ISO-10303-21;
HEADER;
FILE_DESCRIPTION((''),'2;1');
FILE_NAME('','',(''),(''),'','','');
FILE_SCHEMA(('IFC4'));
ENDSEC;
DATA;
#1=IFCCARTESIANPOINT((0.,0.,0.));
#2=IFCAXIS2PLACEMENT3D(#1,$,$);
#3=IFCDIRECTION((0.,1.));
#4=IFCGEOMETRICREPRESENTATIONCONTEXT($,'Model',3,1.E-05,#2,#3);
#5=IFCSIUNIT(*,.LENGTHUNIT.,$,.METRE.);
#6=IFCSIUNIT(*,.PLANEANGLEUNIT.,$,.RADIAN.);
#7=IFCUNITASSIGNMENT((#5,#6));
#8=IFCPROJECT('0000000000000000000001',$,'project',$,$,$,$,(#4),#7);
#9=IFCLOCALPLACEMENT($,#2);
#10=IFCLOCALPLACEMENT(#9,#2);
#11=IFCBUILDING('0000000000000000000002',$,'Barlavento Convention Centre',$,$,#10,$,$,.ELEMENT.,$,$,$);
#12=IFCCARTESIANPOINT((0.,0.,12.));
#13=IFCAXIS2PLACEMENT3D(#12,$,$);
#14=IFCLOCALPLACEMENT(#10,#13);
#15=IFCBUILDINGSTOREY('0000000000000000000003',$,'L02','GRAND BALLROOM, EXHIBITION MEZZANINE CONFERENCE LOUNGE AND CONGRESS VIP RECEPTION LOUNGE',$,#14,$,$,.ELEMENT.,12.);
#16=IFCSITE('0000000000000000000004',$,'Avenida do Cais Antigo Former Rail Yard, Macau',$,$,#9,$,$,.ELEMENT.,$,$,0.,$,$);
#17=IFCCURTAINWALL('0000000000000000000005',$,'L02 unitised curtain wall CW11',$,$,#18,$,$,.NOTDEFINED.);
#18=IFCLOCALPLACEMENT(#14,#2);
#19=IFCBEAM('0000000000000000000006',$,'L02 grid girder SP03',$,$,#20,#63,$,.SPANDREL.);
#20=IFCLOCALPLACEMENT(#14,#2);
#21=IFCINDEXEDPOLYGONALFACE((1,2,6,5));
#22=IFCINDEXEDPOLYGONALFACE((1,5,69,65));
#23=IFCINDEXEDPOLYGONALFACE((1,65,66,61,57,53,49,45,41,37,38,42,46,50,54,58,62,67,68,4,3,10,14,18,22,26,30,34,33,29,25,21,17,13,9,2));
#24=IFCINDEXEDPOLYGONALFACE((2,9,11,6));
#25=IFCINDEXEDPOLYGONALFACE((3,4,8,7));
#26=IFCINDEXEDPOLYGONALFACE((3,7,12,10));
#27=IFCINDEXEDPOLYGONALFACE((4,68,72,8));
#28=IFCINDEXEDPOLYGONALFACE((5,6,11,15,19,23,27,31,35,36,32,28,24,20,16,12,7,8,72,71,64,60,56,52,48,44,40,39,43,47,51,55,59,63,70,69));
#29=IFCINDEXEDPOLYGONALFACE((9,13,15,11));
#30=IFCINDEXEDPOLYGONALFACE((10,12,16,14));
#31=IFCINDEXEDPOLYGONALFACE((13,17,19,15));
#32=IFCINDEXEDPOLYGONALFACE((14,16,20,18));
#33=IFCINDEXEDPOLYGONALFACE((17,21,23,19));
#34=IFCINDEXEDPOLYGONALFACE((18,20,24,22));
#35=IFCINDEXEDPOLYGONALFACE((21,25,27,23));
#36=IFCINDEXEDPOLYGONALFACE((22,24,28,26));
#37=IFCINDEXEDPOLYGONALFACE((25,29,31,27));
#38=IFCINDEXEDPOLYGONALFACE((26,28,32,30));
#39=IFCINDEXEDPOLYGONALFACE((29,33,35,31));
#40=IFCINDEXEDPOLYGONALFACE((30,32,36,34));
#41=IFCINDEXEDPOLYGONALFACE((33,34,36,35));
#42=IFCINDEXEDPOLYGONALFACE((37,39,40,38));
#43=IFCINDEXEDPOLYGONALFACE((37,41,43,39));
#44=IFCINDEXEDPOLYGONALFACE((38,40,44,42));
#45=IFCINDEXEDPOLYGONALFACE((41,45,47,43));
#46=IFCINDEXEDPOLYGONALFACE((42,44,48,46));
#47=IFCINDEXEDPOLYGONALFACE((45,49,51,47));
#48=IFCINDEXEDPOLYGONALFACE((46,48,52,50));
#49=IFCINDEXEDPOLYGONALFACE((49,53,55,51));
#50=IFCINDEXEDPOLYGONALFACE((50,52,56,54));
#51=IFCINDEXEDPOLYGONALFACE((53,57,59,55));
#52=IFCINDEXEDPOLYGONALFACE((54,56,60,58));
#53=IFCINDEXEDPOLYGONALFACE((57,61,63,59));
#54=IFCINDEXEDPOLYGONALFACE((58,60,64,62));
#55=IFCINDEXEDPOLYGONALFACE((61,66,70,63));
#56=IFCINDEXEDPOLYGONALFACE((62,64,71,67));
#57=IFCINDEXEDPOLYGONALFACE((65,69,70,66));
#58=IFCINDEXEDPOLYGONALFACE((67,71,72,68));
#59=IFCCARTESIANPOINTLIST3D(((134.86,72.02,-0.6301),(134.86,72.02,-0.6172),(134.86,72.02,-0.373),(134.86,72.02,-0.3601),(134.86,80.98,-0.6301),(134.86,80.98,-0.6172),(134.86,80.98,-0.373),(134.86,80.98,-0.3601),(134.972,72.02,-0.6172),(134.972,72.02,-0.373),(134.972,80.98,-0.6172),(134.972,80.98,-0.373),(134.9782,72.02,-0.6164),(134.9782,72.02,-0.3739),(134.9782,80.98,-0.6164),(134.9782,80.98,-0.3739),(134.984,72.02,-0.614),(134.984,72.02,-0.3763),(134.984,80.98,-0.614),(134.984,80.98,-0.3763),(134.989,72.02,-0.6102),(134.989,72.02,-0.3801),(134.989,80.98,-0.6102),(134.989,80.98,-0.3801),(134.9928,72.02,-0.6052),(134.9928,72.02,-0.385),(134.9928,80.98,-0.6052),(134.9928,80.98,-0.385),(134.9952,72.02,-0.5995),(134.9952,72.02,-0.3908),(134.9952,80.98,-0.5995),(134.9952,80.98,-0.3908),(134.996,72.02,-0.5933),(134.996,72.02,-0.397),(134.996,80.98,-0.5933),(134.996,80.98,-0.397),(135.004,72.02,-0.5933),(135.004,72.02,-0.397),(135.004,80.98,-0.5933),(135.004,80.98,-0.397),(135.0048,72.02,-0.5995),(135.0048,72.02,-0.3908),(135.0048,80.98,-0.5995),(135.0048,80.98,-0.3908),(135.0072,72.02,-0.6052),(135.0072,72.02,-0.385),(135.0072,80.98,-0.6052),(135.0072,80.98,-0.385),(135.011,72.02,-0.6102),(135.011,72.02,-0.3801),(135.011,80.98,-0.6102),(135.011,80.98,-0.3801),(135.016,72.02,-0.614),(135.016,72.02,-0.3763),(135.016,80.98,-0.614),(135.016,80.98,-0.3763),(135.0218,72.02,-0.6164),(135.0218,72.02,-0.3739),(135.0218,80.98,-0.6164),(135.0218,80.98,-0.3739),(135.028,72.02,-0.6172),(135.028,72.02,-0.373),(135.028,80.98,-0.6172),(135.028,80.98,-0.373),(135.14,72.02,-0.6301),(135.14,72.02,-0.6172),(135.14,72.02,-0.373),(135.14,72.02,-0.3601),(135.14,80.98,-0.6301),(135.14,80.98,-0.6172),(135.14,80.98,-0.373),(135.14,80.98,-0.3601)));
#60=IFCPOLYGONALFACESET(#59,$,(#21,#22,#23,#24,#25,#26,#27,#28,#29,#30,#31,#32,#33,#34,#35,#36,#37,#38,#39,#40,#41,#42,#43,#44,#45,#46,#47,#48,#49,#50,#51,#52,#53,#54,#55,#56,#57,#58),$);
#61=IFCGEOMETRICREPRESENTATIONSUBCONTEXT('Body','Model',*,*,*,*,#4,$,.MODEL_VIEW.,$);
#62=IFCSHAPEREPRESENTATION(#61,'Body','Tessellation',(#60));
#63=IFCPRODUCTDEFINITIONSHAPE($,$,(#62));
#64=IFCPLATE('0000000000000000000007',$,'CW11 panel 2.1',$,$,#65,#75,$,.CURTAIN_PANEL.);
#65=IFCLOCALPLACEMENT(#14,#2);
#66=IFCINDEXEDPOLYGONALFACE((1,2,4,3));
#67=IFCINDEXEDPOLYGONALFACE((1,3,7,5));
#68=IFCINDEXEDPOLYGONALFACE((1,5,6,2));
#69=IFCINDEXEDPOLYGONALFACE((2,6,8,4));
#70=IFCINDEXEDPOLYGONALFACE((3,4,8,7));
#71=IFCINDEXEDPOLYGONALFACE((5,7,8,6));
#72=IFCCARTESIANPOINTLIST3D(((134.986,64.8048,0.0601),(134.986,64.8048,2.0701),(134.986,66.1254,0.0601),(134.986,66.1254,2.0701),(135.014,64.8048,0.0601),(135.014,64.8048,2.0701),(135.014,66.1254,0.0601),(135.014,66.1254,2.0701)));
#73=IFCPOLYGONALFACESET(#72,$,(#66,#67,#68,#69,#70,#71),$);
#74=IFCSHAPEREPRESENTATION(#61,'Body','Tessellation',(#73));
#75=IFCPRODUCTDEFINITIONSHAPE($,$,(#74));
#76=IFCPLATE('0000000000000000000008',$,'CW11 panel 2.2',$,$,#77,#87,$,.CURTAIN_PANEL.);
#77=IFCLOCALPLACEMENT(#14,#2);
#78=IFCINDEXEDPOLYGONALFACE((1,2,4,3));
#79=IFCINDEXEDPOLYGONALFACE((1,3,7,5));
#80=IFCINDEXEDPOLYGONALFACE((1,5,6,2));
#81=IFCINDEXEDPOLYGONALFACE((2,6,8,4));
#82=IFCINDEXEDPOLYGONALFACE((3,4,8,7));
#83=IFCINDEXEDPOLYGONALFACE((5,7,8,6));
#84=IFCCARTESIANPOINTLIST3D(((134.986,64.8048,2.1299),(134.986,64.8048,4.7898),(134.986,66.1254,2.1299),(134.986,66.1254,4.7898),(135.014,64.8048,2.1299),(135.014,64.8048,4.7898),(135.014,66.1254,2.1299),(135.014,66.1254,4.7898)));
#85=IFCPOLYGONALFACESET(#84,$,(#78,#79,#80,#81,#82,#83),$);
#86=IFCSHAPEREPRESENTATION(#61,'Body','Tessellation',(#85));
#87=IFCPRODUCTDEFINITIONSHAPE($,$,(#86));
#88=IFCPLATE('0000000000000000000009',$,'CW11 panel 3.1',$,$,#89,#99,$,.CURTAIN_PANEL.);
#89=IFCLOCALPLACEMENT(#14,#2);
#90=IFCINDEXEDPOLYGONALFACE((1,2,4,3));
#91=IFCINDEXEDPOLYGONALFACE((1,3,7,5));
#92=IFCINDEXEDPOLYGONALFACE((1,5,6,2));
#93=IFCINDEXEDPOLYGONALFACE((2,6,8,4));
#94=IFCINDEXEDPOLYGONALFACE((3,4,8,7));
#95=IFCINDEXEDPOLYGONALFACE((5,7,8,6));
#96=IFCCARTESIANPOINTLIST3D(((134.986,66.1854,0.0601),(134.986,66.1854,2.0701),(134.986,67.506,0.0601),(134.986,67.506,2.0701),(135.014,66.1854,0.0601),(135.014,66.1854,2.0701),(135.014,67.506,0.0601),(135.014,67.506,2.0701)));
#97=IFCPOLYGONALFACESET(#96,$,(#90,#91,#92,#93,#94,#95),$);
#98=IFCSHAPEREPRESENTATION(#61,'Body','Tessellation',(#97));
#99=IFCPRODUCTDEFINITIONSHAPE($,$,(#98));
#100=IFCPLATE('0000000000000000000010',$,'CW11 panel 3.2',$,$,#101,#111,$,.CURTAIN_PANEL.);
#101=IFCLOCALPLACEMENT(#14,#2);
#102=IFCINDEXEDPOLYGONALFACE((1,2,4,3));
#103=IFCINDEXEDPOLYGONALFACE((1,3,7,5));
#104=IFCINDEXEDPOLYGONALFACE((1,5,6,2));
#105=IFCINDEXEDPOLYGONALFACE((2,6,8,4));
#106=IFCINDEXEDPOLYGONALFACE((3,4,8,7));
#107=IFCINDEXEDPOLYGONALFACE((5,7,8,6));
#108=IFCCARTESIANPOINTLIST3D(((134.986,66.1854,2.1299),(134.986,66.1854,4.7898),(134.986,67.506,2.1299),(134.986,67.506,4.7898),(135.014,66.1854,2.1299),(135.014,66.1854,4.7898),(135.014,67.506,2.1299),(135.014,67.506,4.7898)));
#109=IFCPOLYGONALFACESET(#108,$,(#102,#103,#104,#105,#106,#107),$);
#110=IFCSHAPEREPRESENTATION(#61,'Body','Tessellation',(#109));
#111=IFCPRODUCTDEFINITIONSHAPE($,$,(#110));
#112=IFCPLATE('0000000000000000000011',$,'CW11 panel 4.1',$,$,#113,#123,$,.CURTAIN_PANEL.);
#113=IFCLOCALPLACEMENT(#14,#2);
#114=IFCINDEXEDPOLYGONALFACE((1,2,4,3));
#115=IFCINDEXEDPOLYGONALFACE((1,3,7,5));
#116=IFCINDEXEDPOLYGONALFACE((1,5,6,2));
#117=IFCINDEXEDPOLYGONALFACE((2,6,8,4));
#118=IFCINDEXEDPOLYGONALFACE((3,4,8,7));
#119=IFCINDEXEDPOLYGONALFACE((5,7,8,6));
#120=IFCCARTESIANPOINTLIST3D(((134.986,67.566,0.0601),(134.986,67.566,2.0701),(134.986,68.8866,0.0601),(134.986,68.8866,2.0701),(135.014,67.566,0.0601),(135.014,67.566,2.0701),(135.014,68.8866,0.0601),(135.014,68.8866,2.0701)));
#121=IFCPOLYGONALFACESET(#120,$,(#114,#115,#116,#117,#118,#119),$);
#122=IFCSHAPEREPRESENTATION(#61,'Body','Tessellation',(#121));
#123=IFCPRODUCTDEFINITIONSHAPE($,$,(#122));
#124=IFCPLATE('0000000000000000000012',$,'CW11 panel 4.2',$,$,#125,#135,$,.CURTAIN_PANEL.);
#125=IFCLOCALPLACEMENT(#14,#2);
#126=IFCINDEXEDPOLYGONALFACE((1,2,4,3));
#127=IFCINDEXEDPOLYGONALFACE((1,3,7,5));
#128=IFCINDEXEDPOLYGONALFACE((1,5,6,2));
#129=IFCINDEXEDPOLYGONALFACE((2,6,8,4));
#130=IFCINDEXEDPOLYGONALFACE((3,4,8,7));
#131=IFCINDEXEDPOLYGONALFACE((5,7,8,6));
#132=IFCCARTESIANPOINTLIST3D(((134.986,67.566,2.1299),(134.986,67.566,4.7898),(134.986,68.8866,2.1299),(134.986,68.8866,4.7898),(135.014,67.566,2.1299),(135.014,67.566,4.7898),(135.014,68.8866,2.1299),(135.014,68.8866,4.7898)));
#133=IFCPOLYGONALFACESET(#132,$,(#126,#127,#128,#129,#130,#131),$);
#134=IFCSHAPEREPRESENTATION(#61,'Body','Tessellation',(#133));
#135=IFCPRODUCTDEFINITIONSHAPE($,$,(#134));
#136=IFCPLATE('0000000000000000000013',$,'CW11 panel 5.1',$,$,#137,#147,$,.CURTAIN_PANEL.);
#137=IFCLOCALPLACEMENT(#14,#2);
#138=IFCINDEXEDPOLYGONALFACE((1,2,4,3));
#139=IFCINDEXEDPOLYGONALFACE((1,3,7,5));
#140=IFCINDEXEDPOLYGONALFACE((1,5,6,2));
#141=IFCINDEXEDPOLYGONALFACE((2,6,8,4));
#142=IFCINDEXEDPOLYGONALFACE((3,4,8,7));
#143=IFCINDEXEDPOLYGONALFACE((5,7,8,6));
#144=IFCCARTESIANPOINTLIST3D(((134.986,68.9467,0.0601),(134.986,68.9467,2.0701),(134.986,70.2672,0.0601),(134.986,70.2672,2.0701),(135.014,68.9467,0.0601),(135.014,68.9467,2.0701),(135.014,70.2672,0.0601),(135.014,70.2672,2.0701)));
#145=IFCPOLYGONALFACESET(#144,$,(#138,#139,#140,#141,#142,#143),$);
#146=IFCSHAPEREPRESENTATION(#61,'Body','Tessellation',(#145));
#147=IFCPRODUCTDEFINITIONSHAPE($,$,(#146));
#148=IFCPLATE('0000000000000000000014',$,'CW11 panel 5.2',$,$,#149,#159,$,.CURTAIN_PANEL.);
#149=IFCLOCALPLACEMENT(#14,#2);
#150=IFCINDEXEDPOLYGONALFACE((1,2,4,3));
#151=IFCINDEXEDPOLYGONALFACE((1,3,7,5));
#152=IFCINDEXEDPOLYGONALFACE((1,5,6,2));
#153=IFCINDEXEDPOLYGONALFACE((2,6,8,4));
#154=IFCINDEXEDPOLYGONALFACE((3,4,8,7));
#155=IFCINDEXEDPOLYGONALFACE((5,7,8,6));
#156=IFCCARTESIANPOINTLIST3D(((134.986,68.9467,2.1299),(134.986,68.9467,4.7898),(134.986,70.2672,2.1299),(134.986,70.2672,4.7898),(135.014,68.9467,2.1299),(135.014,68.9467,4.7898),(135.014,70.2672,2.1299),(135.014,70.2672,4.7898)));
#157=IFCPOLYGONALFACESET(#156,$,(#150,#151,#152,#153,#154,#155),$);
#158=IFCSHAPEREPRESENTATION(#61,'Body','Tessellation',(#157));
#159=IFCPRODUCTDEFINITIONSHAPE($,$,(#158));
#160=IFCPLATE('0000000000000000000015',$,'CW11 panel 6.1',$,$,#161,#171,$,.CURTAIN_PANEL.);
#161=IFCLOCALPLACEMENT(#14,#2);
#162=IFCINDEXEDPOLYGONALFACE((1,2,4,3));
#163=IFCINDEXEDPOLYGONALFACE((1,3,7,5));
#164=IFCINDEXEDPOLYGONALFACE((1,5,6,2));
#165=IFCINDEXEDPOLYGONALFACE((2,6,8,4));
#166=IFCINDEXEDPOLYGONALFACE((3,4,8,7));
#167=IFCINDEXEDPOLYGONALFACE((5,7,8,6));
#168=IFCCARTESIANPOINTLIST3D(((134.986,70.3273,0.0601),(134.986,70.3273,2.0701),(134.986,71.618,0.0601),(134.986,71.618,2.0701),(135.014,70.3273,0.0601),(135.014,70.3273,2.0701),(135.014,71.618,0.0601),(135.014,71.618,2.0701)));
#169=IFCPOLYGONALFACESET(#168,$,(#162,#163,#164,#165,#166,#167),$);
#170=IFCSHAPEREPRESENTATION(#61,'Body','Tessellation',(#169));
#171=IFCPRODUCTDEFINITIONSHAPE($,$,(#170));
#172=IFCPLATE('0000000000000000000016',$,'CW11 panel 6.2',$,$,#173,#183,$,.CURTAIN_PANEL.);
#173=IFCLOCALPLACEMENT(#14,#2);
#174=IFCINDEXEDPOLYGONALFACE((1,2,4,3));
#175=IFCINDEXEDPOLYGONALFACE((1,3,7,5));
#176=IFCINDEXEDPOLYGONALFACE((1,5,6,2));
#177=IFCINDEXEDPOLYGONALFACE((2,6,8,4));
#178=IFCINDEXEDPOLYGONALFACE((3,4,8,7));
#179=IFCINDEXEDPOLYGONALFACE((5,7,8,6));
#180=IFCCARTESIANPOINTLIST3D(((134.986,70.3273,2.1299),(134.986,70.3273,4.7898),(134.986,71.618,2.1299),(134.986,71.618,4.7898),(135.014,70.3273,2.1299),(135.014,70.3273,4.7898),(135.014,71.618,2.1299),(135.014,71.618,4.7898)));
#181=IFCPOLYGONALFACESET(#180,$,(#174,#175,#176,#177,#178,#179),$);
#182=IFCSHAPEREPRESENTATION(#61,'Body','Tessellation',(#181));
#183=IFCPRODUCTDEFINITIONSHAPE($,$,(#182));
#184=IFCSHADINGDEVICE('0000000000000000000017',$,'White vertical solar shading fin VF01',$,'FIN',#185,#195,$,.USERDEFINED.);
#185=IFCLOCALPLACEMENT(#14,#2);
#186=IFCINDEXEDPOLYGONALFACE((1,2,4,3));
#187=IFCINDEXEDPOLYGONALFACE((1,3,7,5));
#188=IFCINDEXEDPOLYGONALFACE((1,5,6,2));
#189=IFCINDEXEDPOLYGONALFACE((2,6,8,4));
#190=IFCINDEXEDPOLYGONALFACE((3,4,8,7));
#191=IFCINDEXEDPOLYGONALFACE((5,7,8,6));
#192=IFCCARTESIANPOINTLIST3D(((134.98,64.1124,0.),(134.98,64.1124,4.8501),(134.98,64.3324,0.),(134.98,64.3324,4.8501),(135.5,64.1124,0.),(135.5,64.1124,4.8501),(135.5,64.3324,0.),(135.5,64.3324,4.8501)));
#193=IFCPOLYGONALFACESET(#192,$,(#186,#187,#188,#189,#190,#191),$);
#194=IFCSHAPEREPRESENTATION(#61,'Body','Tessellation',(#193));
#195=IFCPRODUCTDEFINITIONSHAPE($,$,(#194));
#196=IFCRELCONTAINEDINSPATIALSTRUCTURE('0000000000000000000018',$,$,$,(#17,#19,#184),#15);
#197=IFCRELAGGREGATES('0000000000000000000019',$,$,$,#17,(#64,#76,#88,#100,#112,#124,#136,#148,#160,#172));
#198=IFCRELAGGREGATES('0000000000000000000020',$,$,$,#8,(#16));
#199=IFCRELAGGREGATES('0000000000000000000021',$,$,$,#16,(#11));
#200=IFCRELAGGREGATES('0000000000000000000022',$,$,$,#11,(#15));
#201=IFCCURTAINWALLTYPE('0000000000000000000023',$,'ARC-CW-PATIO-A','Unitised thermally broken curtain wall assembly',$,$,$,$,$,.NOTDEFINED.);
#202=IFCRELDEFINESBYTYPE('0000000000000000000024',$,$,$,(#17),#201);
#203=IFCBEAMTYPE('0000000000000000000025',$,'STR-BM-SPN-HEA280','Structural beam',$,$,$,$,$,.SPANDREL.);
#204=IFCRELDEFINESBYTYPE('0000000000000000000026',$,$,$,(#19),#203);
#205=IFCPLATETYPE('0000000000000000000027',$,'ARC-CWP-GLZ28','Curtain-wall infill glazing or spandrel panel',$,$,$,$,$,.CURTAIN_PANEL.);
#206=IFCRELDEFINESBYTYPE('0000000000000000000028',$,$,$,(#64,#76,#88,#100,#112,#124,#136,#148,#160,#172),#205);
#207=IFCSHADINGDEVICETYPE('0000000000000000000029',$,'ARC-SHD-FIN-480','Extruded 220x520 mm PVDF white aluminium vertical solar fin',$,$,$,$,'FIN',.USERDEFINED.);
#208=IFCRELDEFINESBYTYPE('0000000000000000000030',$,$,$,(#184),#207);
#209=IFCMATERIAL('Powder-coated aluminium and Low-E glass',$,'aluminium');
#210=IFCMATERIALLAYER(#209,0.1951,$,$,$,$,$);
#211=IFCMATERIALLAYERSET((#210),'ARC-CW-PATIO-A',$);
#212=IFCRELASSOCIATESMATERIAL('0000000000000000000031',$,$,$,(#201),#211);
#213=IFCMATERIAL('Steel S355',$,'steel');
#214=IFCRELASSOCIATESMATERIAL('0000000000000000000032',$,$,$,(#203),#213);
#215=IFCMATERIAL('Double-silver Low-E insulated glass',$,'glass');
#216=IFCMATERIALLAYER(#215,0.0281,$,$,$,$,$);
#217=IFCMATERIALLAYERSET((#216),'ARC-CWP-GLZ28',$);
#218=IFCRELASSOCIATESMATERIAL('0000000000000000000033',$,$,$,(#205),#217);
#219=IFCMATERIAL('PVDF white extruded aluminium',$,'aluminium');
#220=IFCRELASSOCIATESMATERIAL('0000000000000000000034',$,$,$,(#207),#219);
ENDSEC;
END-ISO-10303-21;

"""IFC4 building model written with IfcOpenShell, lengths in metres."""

from ifc_helpers import new_model, si_unit, direction, frame, origin, origin_2d, place, context, subcontext, project, spatial, rectangle, i_section, extrude, material, layer, layer_set, material_profile, profile_set, type_object, element, aggregate, save


model = new_model("IFC4")

# Units and contexts
model_context = context("Model", 3, precision=1e-05, world=origin(), true_north=direction((0.0, 1.0)))
body_context = subcontext(model_context, "Body", "Model", "MODEL_VIEW")
ifc_project = project(units=[si_unit("LENGTHUNIT", "METRE"), si_unit("PLANEANGLEUNIT", "RADIAN")], contexts=[model_context])

# Site, building, storey
site_placement = place(None, origin())
site = spatial("IfcSite", under=ifc_project, at=site_placement, Name="Avenida do Cais Antigo Former Rail Yard, Macau", CompositionType="ELEMENT", RefElevation=0.0)
building_placement = place(site_placement, origin())
building = spatial("IfcBuilding", under=site, at=building_placement, Name="Barlavento Convention Centre", CompositionType="ELEMENT")
storey_placement = place(building_placement, frame((0.0, 0.0, 12.0)))
storey = spatial("IfcBuildingStorey", under=building, at=storey_placement, Name="L02", Description="GRAND BALLROOM, EXHIBITION MEZZANINE CONFERENCE LOUNGE AND CONGRESS VIP RECEPTION LOUNGE", CompositionType="ELEMENT", Elevation=12.0)

# Shared definitions
ifc_material_1 = material(Name="Steel S355", Category="steel")

# Curtain wall
ifc_material_2 = material(Name="Powder-coated aluminium and Low-E glass", Category="aluminium")
ifc_layer_1 = layer(ifc_material_2, 0.1951)
ifc_layer_set_1 = layer_set([ifc_layer_1], Name="ARC-CW-PATIO-A")
curtain_wall_type = type_object("IfcCurtainWallType", Name="ARC-CW-PATIO-A", Description="Unitised thermally broken curtain wall assembly", PredefinedType="NOTDEFINED", material=ifc_layer_set_1)
curtain_wall_1_placement = place(storey_placement, origin())
curtain_wall_1 = element("IfcCurtainWall", 1, at=curtain_wall_1_placement, inside=storey, type_object=curtain_wall_type, Name="L02 unitised curtain wall CW11", PredefinedType="NOTDEFINED")

# Beam
ifc_material_profile_1 = material_profile(ifc_material_1, i_section(OverallWidth=0.28, OverallDepth=0.27, WebThickness=0.0081, FlangeThickness=0.0129, FilletRadius=0.0239, at=origin_2d()), Name="HEA 280")
ifc_profile_set_1 = profile_set([ifc_material_profile_1], Name="Steel S355")
beam_type = type_object("IfcBeamType", Name="STR-BM-SPN-HEA280", Description="Structural beam", PredefinedType="SPANDREL", material=ifc_profile_set_1)
beam_placement = place(storey_placement, frame((135.0, 72.02, -0.4951), z_axis=(0.0, 1.0, 0.0), x_axis=(-1.0, 0.0, 0.0)))
element("IfcBeam", 2, at=beam_placement, inside=storey, type_object=beam_type, Name="L02 grid girder SP03", PredefinedType="SPANDREL", context=body_context, shape_type="SweptSolid", body=[
    extrude(i_section(OverallWidth=0.28, OverallDepth=0.27, WebThickness=0.0081, FlangeThickness=0.0129, FilletRadius=0.0239, at=origin_2d()), origin(), (0.0, 0.0, 1.0), 8.96),
])

# Plates
ifc_material_3 = material(Name="Double-silver Low-E insulated glass", Category="glass")
ifc_layer_2 = layer(ifc_material_3, 0.0281)
ifc_layer_set_2 = layer_set([ifc_layer_2], Name="ARC-CWP-GLZ28")
plate_type = type_object("IfcPlateType", Name="ARC-CWP-GLZ28", Description="Curtain-wall infill glazing or spandrel panel", PredefinedType="CURTAIN_PANEL", material=ifc_layer_set_2)
plate_1_placement = place(storey_placement, frame((135.0, 65.4651, 0.0601), z_axis=(0.0, 0.0, 1.0), x_axis=(0.0, 1.0, 0.0)))
plate_1 = element("IfcPlate", 3, at=plate_1_placement, type_object=plate_type, Name="CW11 panel 2.1", PredefinedType="CURTAIN_PANEL", context=body_context, shape_type="SweptSolid", body=[
    extrude(rectangle(XDim=1.3206, YDim=0.0281, at=origin_2d()), origin(), (0.0, 0.0, 1.0), 2.01),
])
plate_2_placement = place(storey_placement, frame((135.0, 65.4651, 2.1299), z_axis=(0.0, 0.0, 1.0), x_axis=(0.0, 1.0, 0.0)))
plate_2 = element("IfcPlate", 4, at=plate_2_placement, type_object=plate_type, Name="CW11 panel 2.2", PredefinedType="CURTAIN_PANEL", context=body_context, shape_type="SweptSolid", body=[
    extrude(rectangle(XDim=1.3206, YDim=0.0281, at=origin_2d()), origin(), (0.0, 0.0, 1.0), 2.6599),
])
plate_3_placement = place(storey_placement, frame((135.0, 66.8457, 0.0601), z_axis=(0.0, 0.0, 1.0), x_axis=(0.0, 1.0, 0.0)))
plate_3 = element("IfcPlate", 5, at=plate_3_placement, type_object=plate_type, Name="CW11 panel 3.1", PredefinedType="CURTAIN_PANEL", context=body_context, shape_type="SweptSolid", body=[
    extrude(rectangle(XDim=1.3206, YDim=0.0281, at=origin_2d()), origin(), (0.0, 0.0, 1.0), 2.01),
])
plate_4_placement = place(storey_placement, frame((135.0, 66.8457, 2.1299), z_axis=(0.0, 0.0, 1.0), x_axis=(0.0, 1.0, 0.0)))
plate_4 = element("IfcPlate", 6, at=plate_4_placement, type_object=plate_type, Name="CW11 panel 3.2", PredefinedType="CURTAIN_PANEL", context=body_context, shape_type="SweptSolid", body=[
    extrude(rectangle(XDim=1.3206, YDim=0.0281, at=origin_2d()), origin(), (0.0, 0.0, 1.0), 2.6599),
])
plate_5_placement = place(storey_placement, frame((135.0, 68.2263, 0.0601), z_axis=(0.0, 0.0, 1.0), x_axis=(0.0, 1.0, 0.0)))
plate_5 = element("IfcPlate", 7, at=plate_5_placement, type_object=plate_type, Name="CW11 panel 4.1", PredefinedType="CURTAIN_PANEL", context=body_context, shape_type="SweptSolid", body=[
    extrude(rectangle(XDim=1.3206, YDim=0.0281, at=origin_2d()), origin(), (0.0, 0.0, 1.0), 2.01),
])
plate_6_placement = place(storey_placement, frame((135.0, 68.2263, 2.1299), z_axis=(0.0, 0.0, 1.0), x_axis=(0.0, 1.0, 0.0)))
plate_6 = element("IfcPlate", 8, at=plate_6_placement, type_object=plate_type, Name="CW11 panel 4.2", PredefinedType="CURTAIN_PANEL", context=body_context, shape_type="SweptSolid", body=[
    extrude(rectangle(XDim=1.3206, YDim=0.0281, at=origin_2d()), origin(), (0.0, 0.0, 1.0), 2.6599),
])
plate_7_placement = place(storey_placement, frame((135.0, 69.6069, 0.0601), z_axis=(0.0, 0.0, 1.0), x_axis=(0.0, 1.0, 0.0)))
plate_7 = element("IfcPlate", 9, at=plate_7_placement, type_object=plate_type, Name="CW11 panel 5.1", PredefinedType="CURTAIN_PANEL", context=body_context, shape_type="SweptSolid", body=[
    extrude(rectangle(XDim=1.3206, YDim=0.0281, at=origin_2d()), origin(), (0.0, 0.0, 1.0), 2.01),
])
plate_8_placement = place(storey_placement, frame((135.0, 69.6069, 2.1299), z_axis=(0.0, 0.0, 1.0), x_axis=(0.0, 1.0, 0.0)))
plate_8 = element("IfcPlate", 10, at=plate_8_placement, type_object=plate_type, Name="CW11 panel 5.2", PredefinedType="CURTAIN_PANEL", context=body_context, shape_type="SweptSolid", body=[
    extrude(rectangle(XDim=1.3206, YDim=0.0281, at=origin_2d()), origin(), (0.0, 0.0, 1.0), 2.6599),
])
plate_9_placement = place(storey_placement, frame((135.0, 70.9727, 0.0601), z_axis=(0.0, 0.0, 1.0), x_axis=(0.0, 1.0, 0.0)))
plate_9 = element("IfcPlate", 11, at=plate_9_placement, type_object=plate_type, Name="CW11 panel 6.1", PredefinedType="CURTAIN_PANEL", context=body_context, shape_type="SweptSolid", body=[
    extrude(rectangle(XDim=1.2908, YDim=0.0281, at=origin_2d()), origin(), (0.0, 0.0, 1.0), 2.01),
])
plate_10_placement = place(storey_placement, frame((135.0, 70.9727, 2.1299), z_axis=(0.0, 0.0, 1.0), x_axis=(0.0, 1.0, 0.0)))
plate_10 = element("IfcPlate", 12, at=plate_10_placement, type_object=plate_type, Name="CW11 panel 6.2", PredefinedType="CURTAIN_PANEL", context=body_context, shape_type="SweptSolid", body=[
    extrude(rectangle(XDim=1.2908, YDim=0.0281, at=origin_2d()), origin(), (0.0, 0.0, 1.0), 2.6599),
])
aggregate(curtain_wall_1, [plate_1, plate_2, plate_3, plate_4, plate_5, plate_6, plate_7, plate_8, plate_9, plate_10])

# Shading device
ifc_material_4 = material(Name="PVDF white extruded aluminium", Category="aluminium")
shading_device_type = type_object("IfcShadingDeviceType", Name="ARC-SHD-FIN-480", Description="Extruded 220x520 mm PVDF white aluminium vertical solar fin", ElementType="FIN", PredefinedType="USERDEFINED", material=ifc_material_4)
for number, where, z_axis, x_axis, name in (
    (13, (135.24, 64.2224, 0.0), (0.0, 0.0, 1.0), (0.0, 1.0, 0.0), "White vertical solar shading fin VF01"),
):
    element("IfcShadingDevice", number, at=place(storey_placement, frame(where, z_axis=z_axis, x_axis=x_axis)), inside=storey, type_object=shading_device_type, Name=name, ObjectType="FIN", PredefinedType="USERDEFINED", context=body_context, shape_type="SweptSolid", body=[
        extrude(rectangle(XDim=0.22, YDim=0.52, at=origin_2d()), origin(), (0.0, 0.0, 1.0), 4.8501),
    ])

save(model, "model.ifc")
